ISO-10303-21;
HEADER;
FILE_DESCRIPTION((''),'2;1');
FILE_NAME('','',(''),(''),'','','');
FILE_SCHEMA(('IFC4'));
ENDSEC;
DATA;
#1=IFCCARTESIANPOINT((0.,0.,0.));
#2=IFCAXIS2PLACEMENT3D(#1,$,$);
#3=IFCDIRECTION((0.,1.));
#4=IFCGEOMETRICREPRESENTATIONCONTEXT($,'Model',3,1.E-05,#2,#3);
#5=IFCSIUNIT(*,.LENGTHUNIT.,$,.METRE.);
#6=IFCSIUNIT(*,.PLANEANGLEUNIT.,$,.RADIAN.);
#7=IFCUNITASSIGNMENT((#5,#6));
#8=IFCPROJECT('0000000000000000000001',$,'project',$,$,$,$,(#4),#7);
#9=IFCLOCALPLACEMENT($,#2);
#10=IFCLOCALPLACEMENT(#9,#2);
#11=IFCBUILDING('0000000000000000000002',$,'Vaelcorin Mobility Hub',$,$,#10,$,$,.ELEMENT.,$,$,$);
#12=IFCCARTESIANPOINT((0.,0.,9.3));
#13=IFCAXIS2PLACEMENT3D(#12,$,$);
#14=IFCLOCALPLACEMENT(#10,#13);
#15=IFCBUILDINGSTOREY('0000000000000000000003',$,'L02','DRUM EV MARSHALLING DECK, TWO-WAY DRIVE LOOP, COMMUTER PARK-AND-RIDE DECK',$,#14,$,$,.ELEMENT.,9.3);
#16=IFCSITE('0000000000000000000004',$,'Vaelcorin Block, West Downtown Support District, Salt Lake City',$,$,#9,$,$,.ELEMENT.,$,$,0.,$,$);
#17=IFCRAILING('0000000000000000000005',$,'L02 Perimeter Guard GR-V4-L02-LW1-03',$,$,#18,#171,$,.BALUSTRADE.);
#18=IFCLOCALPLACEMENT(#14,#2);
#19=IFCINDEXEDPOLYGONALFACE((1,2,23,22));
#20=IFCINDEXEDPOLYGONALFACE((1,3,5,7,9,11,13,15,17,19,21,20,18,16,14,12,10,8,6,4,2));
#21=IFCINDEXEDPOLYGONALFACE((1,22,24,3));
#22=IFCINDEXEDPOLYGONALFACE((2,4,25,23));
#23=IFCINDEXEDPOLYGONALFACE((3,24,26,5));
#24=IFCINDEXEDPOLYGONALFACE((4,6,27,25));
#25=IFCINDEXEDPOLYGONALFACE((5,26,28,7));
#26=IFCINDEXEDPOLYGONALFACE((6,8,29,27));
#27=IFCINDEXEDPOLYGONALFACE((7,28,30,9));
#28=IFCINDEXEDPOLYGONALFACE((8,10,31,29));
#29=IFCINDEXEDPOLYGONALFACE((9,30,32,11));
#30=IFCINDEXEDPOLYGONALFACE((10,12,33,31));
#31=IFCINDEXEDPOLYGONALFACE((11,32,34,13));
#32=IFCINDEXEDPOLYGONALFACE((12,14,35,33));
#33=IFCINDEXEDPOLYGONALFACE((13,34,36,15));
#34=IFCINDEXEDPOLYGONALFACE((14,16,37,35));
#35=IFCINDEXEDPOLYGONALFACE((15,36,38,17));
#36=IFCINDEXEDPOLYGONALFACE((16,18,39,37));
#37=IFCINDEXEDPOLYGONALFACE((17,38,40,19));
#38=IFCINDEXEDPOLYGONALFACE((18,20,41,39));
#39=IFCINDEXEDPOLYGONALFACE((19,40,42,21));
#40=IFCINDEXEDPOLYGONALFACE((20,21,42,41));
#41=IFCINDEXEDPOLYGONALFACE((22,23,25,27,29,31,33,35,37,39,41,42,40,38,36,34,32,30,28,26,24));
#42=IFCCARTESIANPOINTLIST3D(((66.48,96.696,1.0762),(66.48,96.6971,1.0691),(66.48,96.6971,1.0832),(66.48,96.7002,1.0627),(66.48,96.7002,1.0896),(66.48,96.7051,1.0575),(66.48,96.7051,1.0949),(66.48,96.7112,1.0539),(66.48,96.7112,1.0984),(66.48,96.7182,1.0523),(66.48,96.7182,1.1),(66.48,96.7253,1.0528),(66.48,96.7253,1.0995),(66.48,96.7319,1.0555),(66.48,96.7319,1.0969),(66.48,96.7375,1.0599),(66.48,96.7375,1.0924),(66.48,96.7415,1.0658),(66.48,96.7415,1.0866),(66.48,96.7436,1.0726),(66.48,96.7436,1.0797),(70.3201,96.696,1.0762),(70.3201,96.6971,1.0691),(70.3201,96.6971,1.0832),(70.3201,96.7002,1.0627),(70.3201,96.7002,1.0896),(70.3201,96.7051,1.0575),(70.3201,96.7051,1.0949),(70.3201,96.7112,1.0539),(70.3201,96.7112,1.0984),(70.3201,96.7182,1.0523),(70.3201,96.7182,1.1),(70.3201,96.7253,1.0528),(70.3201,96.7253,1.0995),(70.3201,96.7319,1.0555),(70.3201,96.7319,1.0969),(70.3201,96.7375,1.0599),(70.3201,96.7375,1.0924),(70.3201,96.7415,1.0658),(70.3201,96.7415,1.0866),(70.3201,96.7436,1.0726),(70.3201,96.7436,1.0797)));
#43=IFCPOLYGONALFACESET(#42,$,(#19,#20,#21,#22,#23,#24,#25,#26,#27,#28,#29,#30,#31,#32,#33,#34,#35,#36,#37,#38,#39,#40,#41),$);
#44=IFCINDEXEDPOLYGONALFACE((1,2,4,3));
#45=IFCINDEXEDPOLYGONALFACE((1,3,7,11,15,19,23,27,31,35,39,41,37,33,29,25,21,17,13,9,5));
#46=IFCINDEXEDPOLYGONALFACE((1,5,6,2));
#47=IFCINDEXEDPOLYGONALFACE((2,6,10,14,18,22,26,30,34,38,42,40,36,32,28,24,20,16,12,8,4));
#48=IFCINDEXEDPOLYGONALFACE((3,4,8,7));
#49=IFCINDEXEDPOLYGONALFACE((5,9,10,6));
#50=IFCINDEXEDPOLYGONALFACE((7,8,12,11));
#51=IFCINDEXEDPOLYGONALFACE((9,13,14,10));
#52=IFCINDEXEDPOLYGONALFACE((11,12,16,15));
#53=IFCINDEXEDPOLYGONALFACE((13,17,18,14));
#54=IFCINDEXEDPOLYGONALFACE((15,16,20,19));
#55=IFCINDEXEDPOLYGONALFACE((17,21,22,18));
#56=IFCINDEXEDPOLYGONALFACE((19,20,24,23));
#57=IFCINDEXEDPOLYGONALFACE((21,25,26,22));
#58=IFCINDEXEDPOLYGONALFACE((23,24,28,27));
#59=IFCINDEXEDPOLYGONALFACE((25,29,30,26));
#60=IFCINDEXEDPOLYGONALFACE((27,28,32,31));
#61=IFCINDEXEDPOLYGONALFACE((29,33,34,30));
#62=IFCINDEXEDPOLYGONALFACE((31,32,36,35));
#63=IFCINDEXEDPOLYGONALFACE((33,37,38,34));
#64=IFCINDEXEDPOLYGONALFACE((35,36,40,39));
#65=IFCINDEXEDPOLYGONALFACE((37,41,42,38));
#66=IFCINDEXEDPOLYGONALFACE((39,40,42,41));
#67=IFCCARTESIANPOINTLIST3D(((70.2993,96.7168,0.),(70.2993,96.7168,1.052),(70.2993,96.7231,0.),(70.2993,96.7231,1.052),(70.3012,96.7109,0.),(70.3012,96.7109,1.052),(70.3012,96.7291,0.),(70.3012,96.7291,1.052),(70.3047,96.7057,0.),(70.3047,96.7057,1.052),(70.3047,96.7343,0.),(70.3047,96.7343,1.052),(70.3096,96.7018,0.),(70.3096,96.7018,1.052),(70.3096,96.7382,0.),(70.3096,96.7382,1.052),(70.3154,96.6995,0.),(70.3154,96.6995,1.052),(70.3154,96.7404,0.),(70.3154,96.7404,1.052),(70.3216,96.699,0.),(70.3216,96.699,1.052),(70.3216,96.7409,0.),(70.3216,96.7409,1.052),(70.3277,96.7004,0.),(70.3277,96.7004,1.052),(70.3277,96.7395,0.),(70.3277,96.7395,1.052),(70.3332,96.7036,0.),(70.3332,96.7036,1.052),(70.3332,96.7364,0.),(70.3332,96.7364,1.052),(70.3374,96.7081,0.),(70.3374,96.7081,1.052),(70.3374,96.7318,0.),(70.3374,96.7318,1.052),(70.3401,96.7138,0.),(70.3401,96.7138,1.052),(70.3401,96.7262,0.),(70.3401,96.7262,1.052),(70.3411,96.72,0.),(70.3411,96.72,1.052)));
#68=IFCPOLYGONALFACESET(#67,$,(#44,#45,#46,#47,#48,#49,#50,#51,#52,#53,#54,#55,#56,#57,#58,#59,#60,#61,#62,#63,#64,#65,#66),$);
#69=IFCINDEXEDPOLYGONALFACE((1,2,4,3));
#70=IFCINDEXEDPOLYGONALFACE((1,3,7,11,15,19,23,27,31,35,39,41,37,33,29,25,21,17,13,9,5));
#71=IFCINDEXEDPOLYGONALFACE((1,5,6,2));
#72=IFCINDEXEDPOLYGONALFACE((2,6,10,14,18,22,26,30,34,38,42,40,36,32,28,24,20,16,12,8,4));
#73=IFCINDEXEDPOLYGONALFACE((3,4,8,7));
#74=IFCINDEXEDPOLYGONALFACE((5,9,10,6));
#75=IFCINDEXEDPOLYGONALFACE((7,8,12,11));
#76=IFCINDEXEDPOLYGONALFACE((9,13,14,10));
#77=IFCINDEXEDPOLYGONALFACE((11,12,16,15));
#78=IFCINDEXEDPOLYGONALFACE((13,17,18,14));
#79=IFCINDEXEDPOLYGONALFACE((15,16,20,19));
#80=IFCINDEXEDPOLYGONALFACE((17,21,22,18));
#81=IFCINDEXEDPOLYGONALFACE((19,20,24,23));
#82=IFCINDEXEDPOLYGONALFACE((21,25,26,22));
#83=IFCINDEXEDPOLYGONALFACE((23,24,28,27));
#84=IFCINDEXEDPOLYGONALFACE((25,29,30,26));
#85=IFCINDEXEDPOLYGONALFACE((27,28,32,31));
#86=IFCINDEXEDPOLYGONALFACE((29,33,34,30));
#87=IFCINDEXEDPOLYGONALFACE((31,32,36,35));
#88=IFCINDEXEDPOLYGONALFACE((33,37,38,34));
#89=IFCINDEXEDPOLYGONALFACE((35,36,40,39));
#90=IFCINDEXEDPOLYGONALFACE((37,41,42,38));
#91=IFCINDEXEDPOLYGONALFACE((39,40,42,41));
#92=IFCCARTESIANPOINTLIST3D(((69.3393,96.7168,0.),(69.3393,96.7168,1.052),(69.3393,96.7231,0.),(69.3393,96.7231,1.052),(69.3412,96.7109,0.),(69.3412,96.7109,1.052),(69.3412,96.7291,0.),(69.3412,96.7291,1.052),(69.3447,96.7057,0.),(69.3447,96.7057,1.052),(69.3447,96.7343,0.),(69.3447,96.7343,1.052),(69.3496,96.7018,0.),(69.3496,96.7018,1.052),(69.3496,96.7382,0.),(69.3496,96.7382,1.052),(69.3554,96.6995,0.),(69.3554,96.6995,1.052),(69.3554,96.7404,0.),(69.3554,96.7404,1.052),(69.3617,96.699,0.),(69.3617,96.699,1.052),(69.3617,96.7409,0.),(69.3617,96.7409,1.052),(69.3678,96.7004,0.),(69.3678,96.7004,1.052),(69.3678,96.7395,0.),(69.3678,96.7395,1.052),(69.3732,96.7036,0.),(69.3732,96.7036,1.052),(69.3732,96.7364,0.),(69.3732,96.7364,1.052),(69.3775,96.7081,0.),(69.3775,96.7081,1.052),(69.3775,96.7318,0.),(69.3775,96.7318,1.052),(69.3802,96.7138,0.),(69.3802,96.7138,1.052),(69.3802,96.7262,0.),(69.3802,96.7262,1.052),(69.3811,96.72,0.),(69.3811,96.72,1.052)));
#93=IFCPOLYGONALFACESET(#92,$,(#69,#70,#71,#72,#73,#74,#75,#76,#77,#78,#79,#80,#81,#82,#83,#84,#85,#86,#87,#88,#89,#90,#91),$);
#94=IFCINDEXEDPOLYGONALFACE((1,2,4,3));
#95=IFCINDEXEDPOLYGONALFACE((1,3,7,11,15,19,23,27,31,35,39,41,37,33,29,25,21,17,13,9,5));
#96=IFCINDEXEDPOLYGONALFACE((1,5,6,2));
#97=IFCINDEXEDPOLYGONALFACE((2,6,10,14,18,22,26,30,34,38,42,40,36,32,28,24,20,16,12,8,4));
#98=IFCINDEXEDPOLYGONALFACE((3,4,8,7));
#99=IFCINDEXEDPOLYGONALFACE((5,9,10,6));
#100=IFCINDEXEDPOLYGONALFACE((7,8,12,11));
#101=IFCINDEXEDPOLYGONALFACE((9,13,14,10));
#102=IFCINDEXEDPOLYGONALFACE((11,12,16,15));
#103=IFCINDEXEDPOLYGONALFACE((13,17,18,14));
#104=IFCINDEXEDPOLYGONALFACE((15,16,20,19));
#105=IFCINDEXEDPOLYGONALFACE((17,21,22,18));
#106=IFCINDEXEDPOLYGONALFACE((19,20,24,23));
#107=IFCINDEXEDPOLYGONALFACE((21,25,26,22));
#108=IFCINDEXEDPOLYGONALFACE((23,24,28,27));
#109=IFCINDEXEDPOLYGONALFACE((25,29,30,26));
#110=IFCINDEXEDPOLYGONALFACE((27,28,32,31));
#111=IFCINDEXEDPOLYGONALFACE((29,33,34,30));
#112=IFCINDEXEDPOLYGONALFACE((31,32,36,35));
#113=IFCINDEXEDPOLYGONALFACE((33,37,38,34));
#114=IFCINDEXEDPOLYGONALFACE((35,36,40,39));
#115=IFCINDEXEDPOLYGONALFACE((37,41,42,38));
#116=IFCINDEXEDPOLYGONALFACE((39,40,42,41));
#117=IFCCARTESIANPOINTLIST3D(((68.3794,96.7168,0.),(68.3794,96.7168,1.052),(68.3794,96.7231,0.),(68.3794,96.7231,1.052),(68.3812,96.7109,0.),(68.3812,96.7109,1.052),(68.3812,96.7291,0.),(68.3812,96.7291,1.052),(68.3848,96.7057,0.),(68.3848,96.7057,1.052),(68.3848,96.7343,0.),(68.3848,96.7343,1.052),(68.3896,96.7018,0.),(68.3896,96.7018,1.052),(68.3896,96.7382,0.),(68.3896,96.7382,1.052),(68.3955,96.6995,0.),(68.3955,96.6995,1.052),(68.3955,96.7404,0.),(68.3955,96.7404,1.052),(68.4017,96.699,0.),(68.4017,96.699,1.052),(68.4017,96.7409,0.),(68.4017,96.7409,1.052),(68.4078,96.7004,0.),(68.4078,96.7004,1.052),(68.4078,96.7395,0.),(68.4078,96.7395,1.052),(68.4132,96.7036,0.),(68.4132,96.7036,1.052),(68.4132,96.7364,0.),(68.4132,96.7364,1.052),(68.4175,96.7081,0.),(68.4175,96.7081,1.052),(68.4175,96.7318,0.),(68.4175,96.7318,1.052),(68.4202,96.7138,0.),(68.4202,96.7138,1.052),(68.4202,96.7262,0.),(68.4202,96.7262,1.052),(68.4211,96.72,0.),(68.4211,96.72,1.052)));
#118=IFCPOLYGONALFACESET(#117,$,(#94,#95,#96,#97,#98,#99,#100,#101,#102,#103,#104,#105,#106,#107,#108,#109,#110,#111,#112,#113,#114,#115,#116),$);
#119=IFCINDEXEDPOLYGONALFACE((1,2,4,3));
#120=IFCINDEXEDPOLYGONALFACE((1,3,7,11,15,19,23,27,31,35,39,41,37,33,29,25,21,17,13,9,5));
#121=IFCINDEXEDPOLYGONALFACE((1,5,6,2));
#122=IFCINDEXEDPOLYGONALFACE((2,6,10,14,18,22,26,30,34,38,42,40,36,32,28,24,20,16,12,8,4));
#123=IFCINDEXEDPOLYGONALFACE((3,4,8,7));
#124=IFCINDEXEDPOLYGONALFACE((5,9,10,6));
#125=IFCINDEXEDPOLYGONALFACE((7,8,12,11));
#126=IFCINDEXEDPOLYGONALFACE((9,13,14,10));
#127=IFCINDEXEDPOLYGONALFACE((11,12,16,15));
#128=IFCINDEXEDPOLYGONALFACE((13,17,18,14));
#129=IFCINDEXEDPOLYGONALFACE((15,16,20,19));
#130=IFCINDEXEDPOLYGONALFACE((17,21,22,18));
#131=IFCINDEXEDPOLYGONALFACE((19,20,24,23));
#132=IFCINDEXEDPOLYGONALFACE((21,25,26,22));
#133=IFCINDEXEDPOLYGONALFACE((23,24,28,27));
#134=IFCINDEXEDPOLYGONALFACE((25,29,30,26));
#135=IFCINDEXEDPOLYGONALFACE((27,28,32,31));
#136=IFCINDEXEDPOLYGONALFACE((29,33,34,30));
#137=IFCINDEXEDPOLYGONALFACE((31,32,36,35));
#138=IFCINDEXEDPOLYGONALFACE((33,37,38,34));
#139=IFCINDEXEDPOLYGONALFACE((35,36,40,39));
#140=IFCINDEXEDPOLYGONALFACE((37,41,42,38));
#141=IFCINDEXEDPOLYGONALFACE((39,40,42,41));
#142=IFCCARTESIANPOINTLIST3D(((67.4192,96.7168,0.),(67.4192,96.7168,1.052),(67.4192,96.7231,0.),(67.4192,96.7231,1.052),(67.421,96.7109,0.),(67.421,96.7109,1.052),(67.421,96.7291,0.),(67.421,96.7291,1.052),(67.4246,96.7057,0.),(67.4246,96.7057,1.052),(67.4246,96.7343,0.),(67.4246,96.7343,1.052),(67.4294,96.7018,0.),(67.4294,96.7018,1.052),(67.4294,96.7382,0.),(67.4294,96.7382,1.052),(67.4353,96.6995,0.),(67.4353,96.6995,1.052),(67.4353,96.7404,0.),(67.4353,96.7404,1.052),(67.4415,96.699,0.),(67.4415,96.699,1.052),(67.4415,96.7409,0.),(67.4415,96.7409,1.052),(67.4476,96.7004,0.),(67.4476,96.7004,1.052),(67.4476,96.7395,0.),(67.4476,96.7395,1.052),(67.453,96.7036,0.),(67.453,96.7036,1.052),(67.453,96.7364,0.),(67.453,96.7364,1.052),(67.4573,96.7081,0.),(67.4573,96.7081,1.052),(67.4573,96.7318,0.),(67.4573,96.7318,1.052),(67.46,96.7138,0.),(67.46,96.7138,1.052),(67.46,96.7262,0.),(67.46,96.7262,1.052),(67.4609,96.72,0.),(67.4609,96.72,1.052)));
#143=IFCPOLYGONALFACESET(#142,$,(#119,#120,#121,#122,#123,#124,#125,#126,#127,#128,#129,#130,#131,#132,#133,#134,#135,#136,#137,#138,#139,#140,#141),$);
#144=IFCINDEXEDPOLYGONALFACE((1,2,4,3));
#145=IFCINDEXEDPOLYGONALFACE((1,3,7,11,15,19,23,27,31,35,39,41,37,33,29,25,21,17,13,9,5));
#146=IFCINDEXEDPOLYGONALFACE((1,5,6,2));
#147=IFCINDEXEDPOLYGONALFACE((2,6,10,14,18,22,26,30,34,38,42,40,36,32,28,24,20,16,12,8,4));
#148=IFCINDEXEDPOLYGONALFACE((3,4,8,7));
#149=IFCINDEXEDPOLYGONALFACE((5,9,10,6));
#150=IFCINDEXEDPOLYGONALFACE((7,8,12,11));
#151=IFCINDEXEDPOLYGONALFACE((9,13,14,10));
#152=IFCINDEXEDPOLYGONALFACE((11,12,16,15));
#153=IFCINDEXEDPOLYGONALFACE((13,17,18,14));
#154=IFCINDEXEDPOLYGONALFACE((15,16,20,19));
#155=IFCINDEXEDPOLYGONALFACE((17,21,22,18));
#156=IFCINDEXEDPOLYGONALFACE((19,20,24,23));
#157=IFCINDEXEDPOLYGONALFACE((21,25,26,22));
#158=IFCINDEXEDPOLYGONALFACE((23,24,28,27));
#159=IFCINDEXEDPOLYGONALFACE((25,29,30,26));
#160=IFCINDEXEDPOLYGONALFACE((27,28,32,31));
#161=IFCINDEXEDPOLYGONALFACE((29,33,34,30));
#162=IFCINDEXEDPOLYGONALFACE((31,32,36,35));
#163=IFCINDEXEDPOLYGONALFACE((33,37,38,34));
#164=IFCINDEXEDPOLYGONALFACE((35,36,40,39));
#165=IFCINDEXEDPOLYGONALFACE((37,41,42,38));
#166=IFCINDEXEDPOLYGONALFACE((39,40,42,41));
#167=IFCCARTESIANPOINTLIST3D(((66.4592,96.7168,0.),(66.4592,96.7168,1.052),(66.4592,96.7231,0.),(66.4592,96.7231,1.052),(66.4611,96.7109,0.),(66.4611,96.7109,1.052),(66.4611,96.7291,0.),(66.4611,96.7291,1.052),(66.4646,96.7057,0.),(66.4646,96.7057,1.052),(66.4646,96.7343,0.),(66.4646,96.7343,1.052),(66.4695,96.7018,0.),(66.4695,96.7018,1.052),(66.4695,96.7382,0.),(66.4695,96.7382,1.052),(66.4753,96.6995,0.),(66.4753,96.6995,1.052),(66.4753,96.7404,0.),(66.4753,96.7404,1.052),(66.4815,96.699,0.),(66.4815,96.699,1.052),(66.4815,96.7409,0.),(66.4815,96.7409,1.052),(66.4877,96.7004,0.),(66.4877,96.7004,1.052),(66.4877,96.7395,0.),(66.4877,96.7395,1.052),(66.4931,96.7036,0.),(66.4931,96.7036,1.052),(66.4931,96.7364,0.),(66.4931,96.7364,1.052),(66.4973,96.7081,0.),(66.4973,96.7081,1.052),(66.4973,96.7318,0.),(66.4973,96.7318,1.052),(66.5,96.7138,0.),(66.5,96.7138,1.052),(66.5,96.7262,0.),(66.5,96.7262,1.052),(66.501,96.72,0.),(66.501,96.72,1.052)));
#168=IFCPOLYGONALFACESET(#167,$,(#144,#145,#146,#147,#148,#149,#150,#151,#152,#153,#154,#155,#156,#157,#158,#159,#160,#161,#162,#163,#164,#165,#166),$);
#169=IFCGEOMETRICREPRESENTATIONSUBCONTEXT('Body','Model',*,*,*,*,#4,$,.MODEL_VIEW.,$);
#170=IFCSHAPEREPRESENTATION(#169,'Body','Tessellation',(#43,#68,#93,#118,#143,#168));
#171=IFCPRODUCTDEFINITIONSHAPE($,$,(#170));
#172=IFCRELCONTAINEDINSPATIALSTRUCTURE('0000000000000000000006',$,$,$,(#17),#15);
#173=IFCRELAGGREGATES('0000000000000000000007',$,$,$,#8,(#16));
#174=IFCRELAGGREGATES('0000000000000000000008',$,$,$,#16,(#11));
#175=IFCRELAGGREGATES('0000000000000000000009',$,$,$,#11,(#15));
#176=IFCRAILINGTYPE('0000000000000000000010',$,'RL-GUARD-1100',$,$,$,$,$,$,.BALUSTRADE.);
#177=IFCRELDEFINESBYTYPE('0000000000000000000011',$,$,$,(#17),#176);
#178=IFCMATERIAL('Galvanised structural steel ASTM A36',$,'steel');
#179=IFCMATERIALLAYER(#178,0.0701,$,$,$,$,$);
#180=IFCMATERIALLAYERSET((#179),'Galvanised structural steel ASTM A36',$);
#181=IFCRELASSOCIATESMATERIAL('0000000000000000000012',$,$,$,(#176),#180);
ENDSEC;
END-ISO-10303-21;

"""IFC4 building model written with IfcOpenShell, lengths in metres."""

from ifc_helpers import new_model, si_unit, direction, frame, origin, origin_2d, place, context, subcontext, project, spatial, circle, extrude, material, layer, layer_set, type_object, element, save


model = new_model("IFC4")

# Units and contexts
model_context = context("Model", 3, precision=1e-05, world=origin(), true_north=direction((0.0, 1.0)))
body_context = subcontext(model_context, "Body", "Model", "MODEL_VIEW")
ifc_project = project(units=[si_unit("LENGTHUNIT", "METRE"), si_unit("PLANEANGLEUNIT", "RADIAN")], contexts=[model_context])

# Site, building, storey
site_placement = place(None, origin())
site = spatial("IfcSite", under=ifc_project, at=site_placement, Name="Vaelcorin Block, West Downtown Support District, Salt Lake City", CompositionType="ELEMENT", RefElevation=0.0)
building_placement = place(site_placement, origin())
building = spatial("IfcBuilding", under=site, at=building_placement, Name="Vaelcorin Mobility Hub", CompositionType="ELEMENT")
storey_placement = place(building_placement, frame((0.0, 0.0, 9.3)))
storey = spatial("IfcBuildingStorey", under=building, at=storey_placement, Name="L02", Description="DRUM EV MARSHALLING DECK, TWO-WAY DRIVE LOOP, COMMUTER PARK-AND-RIDE DECK", CompositionType="ELEMENT", Elevation=9.3)

# Railing
ifc_material_1 = material(Name="Galvanised structural steel ASTM A36", Category="steel")
ifc_layer_1 = layer(ifc_material_1, 0.0701)
ifc_layer_set_1 = layer_set([ifc_layer_1], Name="Galvanised structural steel ASTM A36")
railing_type = type_object("IfcRailingType", Name="RL-GUARD-1100", PredefinedType="BALUSTRADE", material=ifc_layer_set_1)
railing_1_placement = place(storey_placement, frame((70.3201, 96.72, 0.0)))
element("IfcRailing", 1, at=railing_1_placement, inside=storey, type_object=railing_type, Name="L02 Perimeter Guard GR-V4-L02-LW1-03", PredefinedType="BALUSTRADE", context=body_context, shape_type="SweptSolid", body=[
    extrude(circle(Radius=0.0239, at=origin_2d()), frame((0.0, 0.0, 1.0762), z_axis=(-1.0, 0.0, 0.0), x_axis=(0.0, -1.0, 0.0)), (0.0, 0.0, 1.0), 3.8401),
    extrude(circle(Radius=0.021, at=origin_2d()), origin(), (0.0, 0.0, 1.0), 1.052),
    extrude(circle(Radius=0.021, at=origin_2d()), frame((-0.96, 0.0, 0.0)), (0.0, 0.0, 1.0), 1.052),
    extrude(circle(Radius=0.021, at=origin_2d()), frame((-1.9199, 0.0, 0.0)), (0.0, 0.0, 1.0), 1.052),
    extrude(circle(Radius=0.021, at=origin_2d()), frame((-2.8801, 0.0, 0.0)), (0.0, 0.0, 1.0), 1.052),
    extrude(circle(Radius=0.021, at=origin_2d()), frame((-3.8401, 0.0, 0.0)), (0.0, 0.0, 1.0), 1.052),
])

save(model, "model.ifc")
